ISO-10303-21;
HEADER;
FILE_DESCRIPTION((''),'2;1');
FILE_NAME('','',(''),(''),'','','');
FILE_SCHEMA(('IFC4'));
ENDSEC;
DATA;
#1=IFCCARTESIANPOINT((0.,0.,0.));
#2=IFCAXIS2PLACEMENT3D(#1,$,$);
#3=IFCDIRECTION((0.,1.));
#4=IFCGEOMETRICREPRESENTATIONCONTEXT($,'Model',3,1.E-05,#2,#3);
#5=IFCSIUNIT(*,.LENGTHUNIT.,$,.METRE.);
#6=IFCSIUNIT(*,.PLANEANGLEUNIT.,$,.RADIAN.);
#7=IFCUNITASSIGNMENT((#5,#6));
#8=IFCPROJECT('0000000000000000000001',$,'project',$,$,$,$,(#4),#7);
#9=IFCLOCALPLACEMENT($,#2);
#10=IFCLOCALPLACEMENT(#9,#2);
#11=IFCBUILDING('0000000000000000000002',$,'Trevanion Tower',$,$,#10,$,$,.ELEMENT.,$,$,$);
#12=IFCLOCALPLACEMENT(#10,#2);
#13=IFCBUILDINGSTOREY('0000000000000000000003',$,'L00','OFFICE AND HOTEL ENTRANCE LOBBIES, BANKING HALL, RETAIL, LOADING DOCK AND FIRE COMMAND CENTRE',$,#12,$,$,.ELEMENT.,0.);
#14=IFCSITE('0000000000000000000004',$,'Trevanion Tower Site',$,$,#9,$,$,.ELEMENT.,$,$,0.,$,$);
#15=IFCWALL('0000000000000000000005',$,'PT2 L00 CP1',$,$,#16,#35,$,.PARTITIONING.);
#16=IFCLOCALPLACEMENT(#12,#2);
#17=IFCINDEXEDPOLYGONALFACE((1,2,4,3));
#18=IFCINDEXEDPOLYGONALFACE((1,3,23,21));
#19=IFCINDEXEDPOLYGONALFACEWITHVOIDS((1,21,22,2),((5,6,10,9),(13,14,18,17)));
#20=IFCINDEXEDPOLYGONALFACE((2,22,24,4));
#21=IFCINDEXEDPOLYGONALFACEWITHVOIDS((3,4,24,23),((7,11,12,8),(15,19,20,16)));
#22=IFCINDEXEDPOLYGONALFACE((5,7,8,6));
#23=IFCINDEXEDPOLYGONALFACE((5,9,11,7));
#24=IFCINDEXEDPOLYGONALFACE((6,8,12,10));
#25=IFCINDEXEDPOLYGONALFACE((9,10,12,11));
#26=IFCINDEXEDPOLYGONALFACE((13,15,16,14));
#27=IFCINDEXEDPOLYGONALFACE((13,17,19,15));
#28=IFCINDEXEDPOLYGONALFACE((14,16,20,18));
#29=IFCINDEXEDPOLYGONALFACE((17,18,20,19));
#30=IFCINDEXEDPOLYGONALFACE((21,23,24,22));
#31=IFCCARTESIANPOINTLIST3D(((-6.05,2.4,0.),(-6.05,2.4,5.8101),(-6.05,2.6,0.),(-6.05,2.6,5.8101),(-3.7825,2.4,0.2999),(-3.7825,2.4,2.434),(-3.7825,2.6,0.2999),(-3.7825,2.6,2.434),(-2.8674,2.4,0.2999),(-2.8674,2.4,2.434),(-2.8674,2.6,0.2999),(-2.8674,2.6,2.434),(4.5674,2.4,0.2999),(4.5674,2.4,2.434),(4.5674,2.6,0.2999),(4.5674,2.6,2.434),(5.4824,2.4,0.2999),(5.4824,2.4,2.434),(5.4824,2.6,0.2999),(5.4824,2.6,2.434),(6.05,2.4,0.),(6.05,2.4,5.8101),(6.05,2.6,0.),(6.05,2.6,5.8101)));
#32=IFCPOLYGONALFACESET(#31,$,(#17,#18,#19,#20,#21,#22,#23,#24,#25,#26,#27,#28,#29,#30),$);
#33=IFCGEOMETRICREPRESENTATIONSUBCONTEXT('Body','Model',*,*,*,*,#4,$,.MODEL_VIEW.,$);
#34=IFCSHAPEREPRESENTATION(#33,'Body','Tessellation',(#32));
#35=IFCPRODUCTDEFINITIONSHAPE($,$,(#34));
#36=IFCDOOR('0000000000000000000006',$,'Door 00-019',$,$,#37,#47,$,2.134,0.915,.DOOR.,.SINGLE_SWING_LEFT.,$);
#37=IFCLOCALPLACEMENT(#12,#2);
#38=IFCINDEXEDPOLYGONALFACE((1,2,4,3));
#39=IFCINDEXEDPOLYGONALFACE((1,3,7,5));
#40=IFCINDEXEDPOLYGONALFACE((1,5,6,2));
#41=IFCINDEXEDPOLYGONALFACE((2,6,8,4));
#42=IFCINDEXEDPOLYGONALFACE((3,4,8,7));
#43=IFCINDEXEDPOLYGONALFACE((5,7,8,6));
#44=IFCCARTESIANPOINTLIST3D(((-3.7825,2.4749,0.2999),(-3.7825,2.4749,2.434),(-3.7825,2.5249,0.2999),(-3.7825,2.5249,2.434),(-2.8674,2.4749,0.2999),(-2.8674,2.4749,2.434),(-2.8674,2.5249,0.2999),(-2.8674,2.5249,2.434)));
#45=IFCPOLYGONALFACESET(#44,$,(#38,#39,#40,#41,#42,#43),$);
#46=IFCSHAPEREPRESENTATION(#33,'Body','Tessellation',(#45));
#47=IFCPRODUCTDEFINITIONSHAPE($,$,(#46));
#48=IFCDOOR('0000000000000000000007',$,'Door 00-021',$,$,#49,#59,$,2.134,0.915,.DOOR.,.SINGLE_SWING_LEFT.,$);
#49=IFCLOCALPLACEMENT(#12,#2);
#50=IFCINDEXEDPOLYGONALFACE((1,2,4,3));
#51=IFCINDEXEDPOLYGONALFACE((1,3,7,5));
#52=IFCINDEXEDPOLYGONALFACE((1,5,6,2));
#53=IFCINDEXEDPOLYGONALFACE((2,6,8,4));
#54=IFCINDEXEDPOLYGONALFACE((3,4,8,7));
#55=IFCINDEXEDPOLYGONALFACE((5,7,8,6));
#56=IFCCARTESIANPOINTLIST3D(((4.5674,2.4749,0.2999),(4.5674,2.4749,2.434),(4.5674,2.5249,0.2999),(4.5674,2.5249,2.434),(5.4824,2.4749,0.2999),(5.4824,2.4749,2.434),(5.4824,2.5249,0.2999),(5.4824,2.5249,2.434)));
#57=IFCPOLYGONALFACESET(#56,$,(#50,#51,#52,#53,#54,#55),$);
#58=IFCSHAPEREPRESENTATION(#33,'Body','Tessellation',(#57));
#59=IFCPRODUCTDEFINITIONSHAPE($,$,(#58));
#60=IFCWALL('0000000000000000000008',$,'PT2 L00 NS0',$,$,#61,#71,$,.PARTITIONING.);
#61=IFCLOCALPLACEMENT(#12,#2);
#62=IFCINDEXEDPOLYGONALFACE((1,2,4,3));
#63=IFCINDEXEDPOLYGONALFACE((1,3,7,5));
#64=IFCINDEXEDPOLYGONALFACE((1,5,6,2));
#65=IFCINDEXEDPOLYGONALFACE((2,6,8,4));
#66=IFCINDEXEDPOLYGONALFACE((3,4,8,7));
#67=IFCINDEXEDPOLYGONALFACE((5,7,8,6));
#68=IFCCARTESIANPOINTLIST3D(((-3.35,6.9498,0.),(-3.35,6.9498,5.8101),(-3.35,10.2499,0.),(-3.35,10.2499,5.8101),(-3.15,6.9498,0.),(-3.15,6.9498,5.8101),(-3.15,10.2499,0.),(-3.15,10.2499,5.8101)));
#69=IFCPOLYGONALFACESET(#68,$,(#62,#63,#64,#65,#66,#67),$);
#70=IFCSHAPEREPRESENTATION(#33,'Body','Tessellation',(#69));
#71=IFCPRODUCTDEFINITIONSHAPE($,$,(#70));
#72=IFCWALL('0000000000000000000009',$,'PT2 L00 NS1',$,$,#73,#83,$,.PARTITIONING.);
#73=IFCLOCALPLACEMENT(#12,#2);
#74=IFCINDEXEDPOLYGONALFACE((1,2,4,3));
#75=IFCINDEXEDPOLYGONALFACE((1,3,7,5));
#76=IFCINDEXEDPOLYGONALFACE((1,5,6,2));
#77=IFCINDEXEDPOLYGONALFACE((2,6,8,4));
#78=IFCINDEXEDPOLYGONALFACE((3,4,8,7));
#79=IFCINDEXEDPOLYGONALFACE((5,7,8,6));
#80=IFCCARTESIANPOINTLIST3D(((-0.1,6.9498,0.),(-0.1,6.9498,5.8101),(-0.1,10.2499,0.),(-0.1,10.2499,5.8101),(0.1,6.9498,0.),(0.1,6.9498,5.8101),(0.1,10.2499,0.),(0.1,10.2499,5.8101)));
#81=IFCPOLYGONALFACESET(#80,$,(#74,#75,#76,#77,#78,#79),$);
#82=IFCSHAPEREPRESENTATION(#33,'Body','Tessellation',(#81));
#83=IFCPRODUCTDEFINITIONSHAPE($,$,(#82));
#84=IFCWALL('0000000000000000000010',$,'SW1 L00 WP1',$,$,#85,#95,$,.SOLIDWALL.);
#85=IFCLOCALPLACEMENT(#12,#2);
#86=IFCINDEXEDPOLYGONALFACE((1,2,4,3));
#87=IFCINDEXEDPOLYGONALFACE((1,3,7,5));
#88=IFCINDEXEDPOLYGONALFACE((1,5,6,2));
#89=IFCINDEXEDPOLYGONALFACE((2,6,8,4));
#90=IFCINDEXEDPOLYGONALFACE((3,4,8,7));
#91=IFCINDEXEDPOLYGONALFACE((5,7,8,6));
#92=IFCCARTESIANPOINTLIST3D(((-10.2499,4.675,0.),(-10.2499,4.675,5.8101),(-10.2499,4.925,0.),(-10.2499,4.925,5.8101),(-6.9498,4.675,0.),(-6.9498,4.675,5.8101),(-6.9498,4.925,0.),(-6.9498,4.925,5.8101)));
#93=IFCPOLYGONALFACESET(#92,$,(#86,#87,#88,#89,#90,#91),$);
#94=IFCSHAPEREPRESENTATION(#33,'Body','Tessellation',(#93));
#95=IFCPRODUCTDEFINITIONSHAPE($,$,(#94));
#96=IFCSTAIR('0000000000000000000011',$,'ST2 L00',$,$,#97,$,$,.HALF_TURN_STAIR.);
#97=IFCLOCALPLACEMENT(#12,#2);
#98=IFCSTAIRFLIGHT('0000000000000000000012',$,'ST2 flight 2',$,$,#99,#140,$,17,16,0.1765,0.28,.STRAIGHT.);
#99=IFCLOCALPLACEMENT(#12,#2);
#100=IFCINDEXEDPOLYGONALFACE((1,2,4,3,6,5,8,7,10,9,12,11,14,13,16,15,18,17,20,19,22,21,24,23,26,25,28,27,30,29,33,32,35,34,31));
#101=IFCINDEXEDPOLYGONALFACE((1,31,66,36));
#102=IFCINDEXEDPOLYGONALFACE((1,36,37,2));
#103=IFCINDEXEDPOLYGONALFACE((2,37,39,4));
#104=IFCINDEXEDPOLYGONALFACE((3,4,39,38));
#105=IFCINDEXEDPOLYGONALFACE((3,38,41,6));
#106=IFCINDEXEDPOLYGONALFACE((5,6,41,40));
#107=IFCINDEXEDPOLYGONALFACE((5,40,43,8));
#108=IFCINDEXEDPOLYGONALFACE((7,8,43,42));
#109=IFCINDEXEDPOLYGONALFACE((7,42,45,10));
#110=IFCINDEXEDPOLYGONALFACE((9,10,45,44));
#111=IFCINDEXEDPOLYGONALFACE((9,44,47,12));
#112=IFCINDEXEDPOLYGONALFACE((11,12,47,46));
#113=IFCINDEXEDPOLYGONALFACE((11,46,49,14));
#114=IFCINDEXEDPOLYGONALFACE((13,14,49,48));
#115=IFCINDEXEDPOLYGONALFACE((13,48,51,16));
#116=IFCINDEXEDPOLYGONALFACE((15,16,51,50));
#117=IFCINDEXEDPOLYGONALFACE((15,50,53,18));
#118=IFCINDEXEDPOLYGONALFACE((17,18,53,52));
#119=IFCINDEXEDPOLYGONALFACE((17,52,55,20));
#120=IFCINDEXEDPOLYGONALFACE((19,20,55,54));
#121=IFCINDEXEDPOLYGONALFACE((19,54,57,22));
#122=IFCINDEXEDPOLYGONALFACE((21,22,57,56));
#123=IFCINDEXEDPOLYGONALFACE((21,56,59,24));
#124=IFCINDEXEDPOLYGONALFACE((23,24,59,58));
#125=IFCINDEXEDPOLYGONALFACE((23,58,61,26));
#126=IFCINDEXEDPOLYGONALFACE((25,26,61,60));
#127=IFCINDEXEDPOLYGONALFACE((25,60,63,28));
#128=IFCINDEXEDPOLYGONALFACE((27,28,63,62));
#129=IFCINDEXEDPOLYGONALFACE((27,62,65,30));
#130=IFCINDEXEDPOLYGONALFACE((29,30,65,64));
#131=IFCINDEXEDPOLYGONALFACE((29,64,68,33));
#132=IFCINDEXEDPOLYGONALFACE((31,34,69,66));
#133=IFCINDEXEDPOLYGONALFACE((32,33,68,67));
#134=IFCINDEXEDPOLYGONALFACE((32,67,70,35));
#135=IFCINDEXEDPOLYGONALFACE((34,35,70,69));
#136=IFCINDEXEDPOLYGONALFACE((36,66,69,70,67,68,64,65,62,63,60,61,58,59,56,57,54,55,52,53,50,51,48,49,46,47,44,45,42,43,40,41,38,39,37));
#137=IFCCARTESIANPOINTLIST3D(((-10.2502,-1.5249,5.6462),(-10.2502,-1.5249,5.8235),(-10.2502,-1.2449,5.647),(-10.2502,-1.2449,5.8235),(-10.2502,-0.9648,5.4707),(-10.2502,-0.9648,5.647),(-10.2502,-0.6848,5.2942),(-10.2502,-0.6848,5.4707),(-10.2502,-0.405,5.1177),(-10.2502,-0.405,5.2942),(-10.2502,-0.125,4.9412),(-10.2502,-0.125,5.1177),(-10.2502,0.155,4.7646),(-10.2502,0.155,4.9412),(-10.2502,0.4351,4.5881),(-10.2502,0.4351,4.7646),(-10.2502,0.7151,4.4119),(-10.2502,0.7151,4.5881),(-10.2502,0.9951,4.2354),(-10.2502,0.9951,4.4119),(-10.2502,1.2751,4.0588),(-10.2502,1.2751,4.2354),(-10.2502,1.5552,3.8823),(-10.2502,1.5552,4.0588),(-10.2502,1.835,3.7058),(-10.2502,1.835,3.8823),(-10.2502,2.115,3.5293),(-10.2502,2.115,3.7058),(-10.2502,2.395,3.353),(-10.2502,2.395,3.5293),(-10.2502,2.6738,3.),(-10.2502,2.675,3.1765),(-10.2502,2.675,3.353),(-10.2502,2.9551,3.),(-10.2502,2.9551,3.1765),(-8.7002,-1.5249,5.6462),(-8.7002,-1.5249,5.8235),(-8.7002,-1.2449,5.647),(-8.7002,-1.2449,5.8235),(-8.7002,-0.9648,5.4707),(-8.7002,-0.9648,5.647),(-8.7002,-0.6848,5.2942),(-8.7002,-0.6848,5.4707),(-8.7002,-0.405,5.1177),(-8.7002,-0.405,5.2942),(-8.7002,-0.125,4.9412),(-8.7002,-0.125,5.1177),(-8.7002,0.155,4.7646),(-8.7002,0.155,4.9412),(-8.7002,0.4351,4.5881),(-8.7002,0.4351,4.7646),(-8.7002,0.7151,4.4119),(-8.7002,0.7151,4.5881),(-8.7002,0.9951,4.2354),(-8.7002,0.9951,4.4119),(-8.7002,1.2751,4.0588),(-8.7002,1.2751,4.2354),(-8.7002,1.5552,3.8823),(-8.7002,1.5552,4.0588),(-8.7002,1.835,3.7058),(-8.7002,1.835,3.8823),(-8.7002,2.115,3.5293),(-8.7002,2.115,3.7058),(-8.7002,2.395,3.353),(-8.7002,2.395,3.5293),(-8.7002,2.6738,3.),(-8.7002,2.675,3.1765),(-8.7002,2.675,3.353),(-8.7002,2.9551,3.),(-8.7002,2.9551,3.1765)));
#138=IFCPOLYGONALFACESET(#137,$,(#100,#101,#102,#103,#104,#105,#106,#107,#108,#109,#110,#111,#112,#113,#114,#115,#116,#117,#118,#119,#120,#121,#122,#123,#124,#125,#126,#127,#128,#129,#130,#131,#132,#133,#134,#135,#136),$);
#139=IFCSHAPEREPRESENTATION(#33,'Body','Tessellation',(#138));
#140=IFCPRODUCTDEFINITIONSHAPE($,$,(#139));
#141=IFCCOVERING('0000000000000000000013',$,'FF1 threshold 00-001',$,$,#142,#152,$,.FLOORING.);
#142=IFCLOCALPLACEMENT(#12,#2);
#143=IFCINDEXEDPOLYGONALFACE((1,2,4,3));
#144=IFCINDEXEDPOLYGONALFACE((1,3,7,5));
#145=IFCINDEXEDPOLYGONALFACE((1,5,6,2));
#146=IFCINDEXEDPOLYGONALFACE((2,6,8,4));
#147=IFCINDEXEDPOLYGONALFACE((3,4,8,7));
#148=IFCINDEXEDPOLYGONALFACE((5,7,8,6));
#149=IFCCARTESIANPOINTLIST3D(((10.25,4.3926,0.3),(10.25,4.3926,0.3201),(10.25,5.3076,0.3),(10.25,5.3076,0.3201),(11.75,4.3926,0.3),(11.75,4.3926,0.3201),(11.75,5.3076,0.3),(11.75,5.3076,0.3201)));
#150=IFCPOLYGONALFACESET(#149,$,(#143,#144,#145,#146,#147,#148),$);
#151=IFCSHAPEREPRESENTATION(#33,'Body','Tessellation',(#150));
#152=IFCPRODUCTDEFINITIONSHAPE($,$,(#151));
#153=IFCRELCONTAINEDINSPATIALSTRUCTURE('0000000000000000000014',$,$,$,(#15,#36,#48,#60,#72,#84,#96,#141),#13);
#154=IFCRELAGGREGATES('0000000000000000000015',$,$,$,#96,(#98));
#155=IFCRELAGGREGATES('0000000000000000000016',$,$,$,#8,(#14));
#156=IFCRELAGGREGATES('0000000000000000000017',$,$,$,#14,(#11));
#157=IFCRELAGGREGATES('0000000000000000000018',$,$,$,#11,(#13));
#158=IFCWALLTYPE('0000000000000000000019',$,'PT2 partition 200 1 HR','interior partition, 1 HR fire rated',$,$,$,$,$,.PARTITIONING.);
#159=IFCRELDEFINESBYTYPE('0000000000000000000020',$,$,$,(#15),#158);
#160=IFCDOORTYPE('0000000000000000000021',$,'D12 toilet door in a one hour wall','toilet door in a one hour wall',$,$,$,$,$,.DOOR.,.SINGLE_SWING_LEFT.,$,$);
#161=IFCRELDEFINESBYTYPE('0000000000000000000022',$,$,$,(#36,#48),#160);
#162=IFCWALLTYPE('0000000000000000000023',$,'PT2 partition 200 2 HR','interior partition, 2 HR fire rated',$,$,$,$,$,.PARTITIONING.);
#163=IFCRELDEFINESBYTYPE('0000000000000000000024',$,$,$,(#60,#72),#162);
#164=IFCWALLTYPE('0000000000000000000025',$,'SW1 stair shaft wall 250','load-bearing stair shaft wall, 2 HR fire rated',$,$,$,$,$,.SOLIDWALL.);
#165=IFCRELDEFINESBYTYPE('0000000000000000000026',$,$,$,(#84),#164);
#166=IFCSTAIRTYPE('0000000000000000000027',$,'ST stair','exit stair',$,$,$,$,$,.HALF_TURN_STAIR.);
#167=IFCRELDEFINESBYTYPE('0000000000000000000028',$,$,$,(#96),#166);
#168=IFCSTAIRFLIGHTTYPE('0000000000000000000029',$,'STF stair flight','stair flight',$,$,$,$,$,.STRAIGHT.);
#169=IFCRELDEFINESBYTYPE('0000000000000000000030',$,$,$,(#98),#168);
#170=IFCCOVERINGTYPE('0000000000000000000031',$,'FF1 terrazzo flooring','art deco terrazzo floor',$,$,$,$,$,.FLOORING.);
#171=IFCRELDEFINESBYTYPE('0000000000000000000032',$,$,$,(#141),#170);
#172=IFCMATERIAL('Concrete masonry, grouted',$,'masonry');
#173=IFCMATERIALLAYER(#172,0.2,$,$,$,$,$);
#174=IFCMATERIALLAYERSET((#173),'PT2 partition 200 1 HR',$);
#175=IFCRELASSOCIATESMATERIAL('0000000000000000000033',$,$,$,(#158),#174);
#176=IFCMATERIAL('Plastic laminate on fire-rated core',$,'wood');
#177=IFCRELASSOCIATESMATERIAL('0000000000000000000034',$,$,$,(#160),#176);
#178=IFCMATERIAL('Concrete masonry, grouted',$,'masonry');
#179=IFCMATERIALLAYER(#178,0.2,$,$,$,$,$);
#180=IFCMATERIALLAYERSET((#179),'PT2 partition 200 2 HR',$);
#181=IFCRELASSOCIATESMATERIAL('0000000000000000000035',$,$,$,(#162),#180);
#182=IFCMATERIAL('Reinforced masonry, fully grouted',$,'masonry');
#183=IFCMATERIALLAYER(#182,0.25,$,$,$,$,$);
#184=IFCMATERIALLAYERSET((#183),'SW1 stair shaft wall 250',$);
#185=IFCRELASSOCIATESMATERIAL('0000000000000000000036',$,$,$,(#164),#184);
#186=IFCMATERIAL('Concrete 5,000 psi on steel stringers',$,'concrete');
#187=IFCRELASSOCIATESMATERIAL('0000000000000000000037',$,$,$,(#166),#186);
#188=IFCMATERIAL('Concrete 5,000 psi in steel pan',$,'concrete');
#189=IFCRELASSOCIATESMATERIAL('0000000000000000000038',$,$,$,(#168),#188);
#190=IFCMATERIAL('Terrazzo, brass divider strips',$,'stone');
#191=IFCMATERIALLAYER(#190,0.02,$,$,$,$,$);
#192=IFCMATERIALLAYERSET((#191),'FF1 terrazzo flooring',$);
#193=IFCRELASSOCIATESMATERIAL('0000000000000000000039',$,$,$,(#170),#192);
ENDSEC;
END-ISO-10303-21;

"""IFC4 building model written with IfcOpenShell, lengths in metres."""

from ifc_helpers import new_model, si_unit, direction, frame, frame_2d, origin, place, context, subcontext, project, spatial, polyline, rectangle, outline, extrude, material, layer, layer_set, type_object, element, fill, aggregate, save


model = new_model("IFC4")

# Units and contexts
model_context = context("Model", 3, precision=1e-05, world=origin(), true_north=direction((0.0, 1.0)))
body_context = subcontext(model_context, "Body", "Model", "MODEL_VIEW")
ifc_project = project(units=[si_unit("LENGTHUNIT", "METRE"), si_unit("PLANEANGLEUNIT", "RADIAN")], contexts=[model_context])

# Site, building, storey
site_placement = place(None, origin())
site = spatial("IfcSite", under=ifc_project, at=site_placement, Name="Trevanion Tower Site", CompositionType="ELEMENT", RefElevation=0.0)
building_placement = place(site_placement, origin())
building = spatial("IfcBuilding", under=site, at=building_placement, Name="Trevanion Tower", CompositionType="ELEMENT")
storey_placement = place(building_placement, origin())
storey = spatial("IfcBuildingStorey", under=building, at=storey_placement, Name="L00", Description="OFFICE AND HOTEL ENTRANCE LOBBIES, BANKING HALL, RETAIL, LOADING DOCK AND FIRE COMMAND CENTRE", CompositionType="ELEMENT", Elevation=0.0)

# Wall, openings, doors
ifc_material_1 = material(Name="Concrete masonry, grouted", Category="masonry")
ifc_layer_1 = layer(ifc_material_1, 0.2)
ifc_layer_set_1 = layer_set([ifc_layer_1], Name="PT2 partition 200 1 HR")
wall_type_1 = type_object("IfcWallType", Name="PT2 partition 200 1 HR", Description="interior partition, 1 HR fire rated", PredefinedType="PARTITIONING", material=ifc_layer_set_1)
wall_1_placement = place(storey_placement, frame((-6.05, 2.5, 0.0), z_axis=(0.0, 0.0, 1.0), x_axis=(1.0, 0.0, 0.0)))
wall_1 = element("IfcWall", 1, at=wall_1_placement, inside=storey, type_object=wall_type_1, Name="PT2 L00 CP1", PredefinedType="PARTITIONING", context=body_context, shape_type="SweptSolid", body=[
    extrude(rectangle(XDim=12.1001, YDim=0.2, at=frame_2d((6.05, 0.0))), origin(), (0.0, 0.0, 1.0), 5.8101),
])
opening_1_placement = place(wall_1_placement, frame((2.2676, 0.0, 0.3)))
opening_1 = element("IfcOpeningElement", 2, at=opening_1_placement, cuts=wall_1, PredefinedType="OPENING", context=body_context, shape_type="SweptSolid", body=[
    extrude(rectangle(XDim=0.915, YDim=2.134, at=frame_2d((0.4575, 1.0669))), frame((0.0, 0.1099, 0.0), z_axis=(0.0, -1.0, 0.0), x_axis=(1.0, 0.0, 0.0)), (0.0, 0.0, 1.0), 0.22),
])
opening_2_placement = place(wall_1_placement, frame((10.6174, 0.0, 0.3)))
opening_2 = element("IfcOpeningElement", 3, at=opening_2_placement, cuts=wall_1, PredefinedType="OPENING", context=body_context, shape_type="SweptSolid", body=[
    extrude(rectangle(XDim=0.915, YDim=2.134, at=frame_2d((0.4575, 1.0669))), frame((0.0, 0.1099, 0.0), z_axis=(0.0, -1.0, 0.0), x_axis=(1.0, 0.0, 0.0)), (0.0, 0.0, 1.0), 0.22),
])
ifc_material_2 = material(Name="Plastic laminate on fire-rated core", Category="wood")
door_type_1 = type_object("IfcDoorType", Name="D12 toilet door in a one hour wall", Description="toilet door in a one hour wall", OperationType="SINGLE_SWING_LEFT", PredefinedType="DOOR", material=ifc_material_2)
door_1_placement = place(opening_1_placement, origin())
door_1 = element("IfcDoor", 4, at=door_1_placement, inside=storey, type_object=door_type_1, Name="Door 00-019", OperationType="SINGLE_SWING_LEFT", OverallHeight=2.134, OverallWidth=0.915, PredefinedType="DOOR", context=body_context, shape_type="SweptSolid", body=[
    extrude(rectangle(XDim=0.915, YDim=2.134, at=frame_2d((0.4575, 1.0669))), frame((0.0, 0.0249, 0.0), z_axis=(0.0, -1.0, 0.0), x_axis=(1.0, 0.0, 0.0)), (0.0, 0.0, 1.0), 0.05),
])
fill(opening_1, door_1)
door_2_placement = place(opening_2_placement, origin())
door_2 = element("IfcDoor", 5, at=door_2_placement, inside=storey, type_object=door_type_1, Name="Door 00-021", OperationType="SINGLE_SWING_LEFT", OverallHeight=2.134, OverallWidth=0.915, PredefinedType="DOOR", context=body_context, shape_type="SweptSolid", body=[
    extrude(rectangle(XDim=0.915, YDim=2.134, at=frame_2d((0.4575, 1.0669))), frame((0.0, 0.0249, 0.0), z_axis=(0.0, -1.0, 0.0), x_axis=(1.0, 0.0, 0.0)), (0.0, 0.0, 1.0), 0.05),
])
fill(opening_2, door_2)

# Walls
ifc_material_3 = material(Name="Concrete masonry, grouted", Category="masonry")
ifc_layer_2 = layer(ifc_material_3, 0.2)
ifc_layer_set_2 = layer_set([ifc_layer_2], Name="PT2 partition 200 2 HR")
wall_type_2 = type_object("IfcWallType", Name="PT2 partition 200 2 HR", Description="interior partition, 2 HR fire rated", PredefinedType="PARTITIONING", material=ifc_layer_set_2)
for number, where, z_axis, x_axis, name in (
    (6, (-3.25, 6.95, 0.0), (0.0, 0.0, 1.0), (0.0, 1.0, 0.0), "PT2 L00 NS0"),
    (7, (0.0, 6.95, 0.0), (0.0, 0.0, 1.0), (0.0, 1.0, 0.0), "PT2 L00 NS1"),
):
    element("IfcWall", number, at=place(storey_placement, frame(where, z_axis=z_axis, x_axis=x_axis)), inside=storey, type_object=wall_type_2, Name=name, PredefinedType="PARTITIONING", context=body_context, shape_type="SweptSolid", body=[
        extrude(rectangle(XDim=3.3, YDim=0.2, at=frame_2d((1.6499, 0.0))), origin(), (0.0, 0.0, 1.0), 5.8101),
    ])
ifc_material_4 = material(Name="Reinforced masonry, fully grouted", Category="masonry")
ifc_layer_3 = layer(ifc_material_4, 0.25)
ifc_layer_set_3 = layer_set([ifc_layer_3], Name="SW1 stair shaft wall 250")
wall_type_3 = type_object("IfcWallType", Name="SW1 stair shaft wall 250", Description="load-bearing stair shaft wall, 2 HR fire rated", PredefinedType="SOLIDWALL", material=ifc_layer_set_3)
wall_2_placement = place(storey_placement, frame((-6.95, 4.8, 0.0), z_axis=(0.0, 0.0, 1.0), x_axis=(-1.0, 0.0, 0.0)))
element("IfcWall", 8, at=wall_2_placement, inside=storey, type_object=wall_type_3, Name="SW1 L00 WP1", PredefinedType="SOLIDWALL", context=body_context, shape_type="SweptSolid", body=[
    extrude(rectangle(XDim=3.3, YDim=0.25, at=frame_2d((1.6499, 0.0))), origin(), (0.0, 0.0, 1.0), 5.8101),
])

# Stair, stair flight
ifc_material_5 = material(Name="Concrete 5,000 psi on steel stringers", Category="concrete")
stair_type = type_object("IfcStairType", Name="ST stair", Description="exit stair", PredefinedType="HALF_TURN_STAIR", material=ifc_material_5)
stair_placement = place(storey_placement, origin())
stair = element("IfcStair", 9, at=stair_placement, inside=storey, type_object=stair_type, Name="ST2 L00", PredefinedType="HALF_TURN_STAIR")
ifc_material_6 = material(Name="Concrete 5,000 psi in steel pan", Category="concrete")
stair_flight_type = type_object("IfcStairFlightType", Name="STF stair flight", Description="stair flight", PredefinedType="STRAIGHT", material=ifc_material_6)
stair_flight_placement = place(storey_placement, frame((-9.4751, 2.9551, 3.0), z_axis=(0.0, 0.0, 1.0), x_axis=(0.0, -1.0, 0.0)))
stair_flight = element("IfcStairFlight", 10, at=stair_flight_placement, type_object=stair_flight_type, Name="ST2 flight 2", NumberOfRisers=17, NumberOfTreads=16, PredefinedType="STRAIGHT", RiserHeight=0.1765, TreadLength=0.28, context=body_context, shape_type="SweptSolid", body=[
    extrude(outline(polyline([(0.0, 0.0), (0.0, 0.1765), (0.28, 0.1765), (0.28, 0.353), (0.5601, 0.353), (0.5601, 0.5293), (0.8401, 0.5293), (0.8401, 0.7058), (1.1201, 0.7058), (1.1201, 0.8823), (1.3999, 0.8823), (1.3999, 1.0588), (1.6799, 1.0588), (1.6799, 1.2354), (1.96, 1.2354), (1.96, 1.4119), (2.24, 1.4119), (2.24, 1.5881), (2.52, 1.5881), (2.52, 1.7646), (2.8, 1.7646), (2.8, 1.9412), (3.0801, 1.9412), (3.0801, 2.1177), (3.3601, 2.1177), (3.3601, 2.2942), (3.6399, 2.2942), (3.6399, 2.4707), (3.9199, 2.4707), (3.9199, 2.647), (4.2, 2.647), (4.2, 2.8235), (4.48, 2.8235), (4.48, 3.0), (4.48, 2.6462), (0.2812, 0.0), (0.0, 0.0)])), frame((0.0, 0.7749, 0.0), z_axis=(0.0, -1.0, 0.0), x_axis=(1.0, 0.0, 0.0)), (0.0, 0.0, 1.0), 1.55),
])
aggregate(stair, [stair_flight])

# Covering
ifc_material_7 = material(Name="Terrazzo, brass divider strips", Category="stone")
ifc_layer_4 = layer(ifc_material_7, 0.02)
ifc_layer_set_4 = layer_set([ifc_layer_4], Name="FF1 terrazzo flooring")
covering_type = type_object("IfcCoveringType", Name="FF1 terrazzo flooring", Description="art deco terrazzo floor", PredefinedType="FLOORING", material=ifc_layer_set_4)
covering_placement = place(storey_placement, frame((0.0, 0.0, 0.3)))
element("IfcCovering", 11, at=covering_placement, inside=storey, type_object=covering_type, Name="FF1 threshold 00-001", PredefinedType="FLOORING", context=body_context, shape_type="SweptSolid", body=[
    extrude(outline(polyline([(11.75, 4.3926), (11.75, 5.3076), (10.25, 5.3076), (10.25, 4.3926), (11.75, 4.3926)])), origin(), (0.0, 0.0, 1.0), 0.02),
])

save(model, "model.ifc")
